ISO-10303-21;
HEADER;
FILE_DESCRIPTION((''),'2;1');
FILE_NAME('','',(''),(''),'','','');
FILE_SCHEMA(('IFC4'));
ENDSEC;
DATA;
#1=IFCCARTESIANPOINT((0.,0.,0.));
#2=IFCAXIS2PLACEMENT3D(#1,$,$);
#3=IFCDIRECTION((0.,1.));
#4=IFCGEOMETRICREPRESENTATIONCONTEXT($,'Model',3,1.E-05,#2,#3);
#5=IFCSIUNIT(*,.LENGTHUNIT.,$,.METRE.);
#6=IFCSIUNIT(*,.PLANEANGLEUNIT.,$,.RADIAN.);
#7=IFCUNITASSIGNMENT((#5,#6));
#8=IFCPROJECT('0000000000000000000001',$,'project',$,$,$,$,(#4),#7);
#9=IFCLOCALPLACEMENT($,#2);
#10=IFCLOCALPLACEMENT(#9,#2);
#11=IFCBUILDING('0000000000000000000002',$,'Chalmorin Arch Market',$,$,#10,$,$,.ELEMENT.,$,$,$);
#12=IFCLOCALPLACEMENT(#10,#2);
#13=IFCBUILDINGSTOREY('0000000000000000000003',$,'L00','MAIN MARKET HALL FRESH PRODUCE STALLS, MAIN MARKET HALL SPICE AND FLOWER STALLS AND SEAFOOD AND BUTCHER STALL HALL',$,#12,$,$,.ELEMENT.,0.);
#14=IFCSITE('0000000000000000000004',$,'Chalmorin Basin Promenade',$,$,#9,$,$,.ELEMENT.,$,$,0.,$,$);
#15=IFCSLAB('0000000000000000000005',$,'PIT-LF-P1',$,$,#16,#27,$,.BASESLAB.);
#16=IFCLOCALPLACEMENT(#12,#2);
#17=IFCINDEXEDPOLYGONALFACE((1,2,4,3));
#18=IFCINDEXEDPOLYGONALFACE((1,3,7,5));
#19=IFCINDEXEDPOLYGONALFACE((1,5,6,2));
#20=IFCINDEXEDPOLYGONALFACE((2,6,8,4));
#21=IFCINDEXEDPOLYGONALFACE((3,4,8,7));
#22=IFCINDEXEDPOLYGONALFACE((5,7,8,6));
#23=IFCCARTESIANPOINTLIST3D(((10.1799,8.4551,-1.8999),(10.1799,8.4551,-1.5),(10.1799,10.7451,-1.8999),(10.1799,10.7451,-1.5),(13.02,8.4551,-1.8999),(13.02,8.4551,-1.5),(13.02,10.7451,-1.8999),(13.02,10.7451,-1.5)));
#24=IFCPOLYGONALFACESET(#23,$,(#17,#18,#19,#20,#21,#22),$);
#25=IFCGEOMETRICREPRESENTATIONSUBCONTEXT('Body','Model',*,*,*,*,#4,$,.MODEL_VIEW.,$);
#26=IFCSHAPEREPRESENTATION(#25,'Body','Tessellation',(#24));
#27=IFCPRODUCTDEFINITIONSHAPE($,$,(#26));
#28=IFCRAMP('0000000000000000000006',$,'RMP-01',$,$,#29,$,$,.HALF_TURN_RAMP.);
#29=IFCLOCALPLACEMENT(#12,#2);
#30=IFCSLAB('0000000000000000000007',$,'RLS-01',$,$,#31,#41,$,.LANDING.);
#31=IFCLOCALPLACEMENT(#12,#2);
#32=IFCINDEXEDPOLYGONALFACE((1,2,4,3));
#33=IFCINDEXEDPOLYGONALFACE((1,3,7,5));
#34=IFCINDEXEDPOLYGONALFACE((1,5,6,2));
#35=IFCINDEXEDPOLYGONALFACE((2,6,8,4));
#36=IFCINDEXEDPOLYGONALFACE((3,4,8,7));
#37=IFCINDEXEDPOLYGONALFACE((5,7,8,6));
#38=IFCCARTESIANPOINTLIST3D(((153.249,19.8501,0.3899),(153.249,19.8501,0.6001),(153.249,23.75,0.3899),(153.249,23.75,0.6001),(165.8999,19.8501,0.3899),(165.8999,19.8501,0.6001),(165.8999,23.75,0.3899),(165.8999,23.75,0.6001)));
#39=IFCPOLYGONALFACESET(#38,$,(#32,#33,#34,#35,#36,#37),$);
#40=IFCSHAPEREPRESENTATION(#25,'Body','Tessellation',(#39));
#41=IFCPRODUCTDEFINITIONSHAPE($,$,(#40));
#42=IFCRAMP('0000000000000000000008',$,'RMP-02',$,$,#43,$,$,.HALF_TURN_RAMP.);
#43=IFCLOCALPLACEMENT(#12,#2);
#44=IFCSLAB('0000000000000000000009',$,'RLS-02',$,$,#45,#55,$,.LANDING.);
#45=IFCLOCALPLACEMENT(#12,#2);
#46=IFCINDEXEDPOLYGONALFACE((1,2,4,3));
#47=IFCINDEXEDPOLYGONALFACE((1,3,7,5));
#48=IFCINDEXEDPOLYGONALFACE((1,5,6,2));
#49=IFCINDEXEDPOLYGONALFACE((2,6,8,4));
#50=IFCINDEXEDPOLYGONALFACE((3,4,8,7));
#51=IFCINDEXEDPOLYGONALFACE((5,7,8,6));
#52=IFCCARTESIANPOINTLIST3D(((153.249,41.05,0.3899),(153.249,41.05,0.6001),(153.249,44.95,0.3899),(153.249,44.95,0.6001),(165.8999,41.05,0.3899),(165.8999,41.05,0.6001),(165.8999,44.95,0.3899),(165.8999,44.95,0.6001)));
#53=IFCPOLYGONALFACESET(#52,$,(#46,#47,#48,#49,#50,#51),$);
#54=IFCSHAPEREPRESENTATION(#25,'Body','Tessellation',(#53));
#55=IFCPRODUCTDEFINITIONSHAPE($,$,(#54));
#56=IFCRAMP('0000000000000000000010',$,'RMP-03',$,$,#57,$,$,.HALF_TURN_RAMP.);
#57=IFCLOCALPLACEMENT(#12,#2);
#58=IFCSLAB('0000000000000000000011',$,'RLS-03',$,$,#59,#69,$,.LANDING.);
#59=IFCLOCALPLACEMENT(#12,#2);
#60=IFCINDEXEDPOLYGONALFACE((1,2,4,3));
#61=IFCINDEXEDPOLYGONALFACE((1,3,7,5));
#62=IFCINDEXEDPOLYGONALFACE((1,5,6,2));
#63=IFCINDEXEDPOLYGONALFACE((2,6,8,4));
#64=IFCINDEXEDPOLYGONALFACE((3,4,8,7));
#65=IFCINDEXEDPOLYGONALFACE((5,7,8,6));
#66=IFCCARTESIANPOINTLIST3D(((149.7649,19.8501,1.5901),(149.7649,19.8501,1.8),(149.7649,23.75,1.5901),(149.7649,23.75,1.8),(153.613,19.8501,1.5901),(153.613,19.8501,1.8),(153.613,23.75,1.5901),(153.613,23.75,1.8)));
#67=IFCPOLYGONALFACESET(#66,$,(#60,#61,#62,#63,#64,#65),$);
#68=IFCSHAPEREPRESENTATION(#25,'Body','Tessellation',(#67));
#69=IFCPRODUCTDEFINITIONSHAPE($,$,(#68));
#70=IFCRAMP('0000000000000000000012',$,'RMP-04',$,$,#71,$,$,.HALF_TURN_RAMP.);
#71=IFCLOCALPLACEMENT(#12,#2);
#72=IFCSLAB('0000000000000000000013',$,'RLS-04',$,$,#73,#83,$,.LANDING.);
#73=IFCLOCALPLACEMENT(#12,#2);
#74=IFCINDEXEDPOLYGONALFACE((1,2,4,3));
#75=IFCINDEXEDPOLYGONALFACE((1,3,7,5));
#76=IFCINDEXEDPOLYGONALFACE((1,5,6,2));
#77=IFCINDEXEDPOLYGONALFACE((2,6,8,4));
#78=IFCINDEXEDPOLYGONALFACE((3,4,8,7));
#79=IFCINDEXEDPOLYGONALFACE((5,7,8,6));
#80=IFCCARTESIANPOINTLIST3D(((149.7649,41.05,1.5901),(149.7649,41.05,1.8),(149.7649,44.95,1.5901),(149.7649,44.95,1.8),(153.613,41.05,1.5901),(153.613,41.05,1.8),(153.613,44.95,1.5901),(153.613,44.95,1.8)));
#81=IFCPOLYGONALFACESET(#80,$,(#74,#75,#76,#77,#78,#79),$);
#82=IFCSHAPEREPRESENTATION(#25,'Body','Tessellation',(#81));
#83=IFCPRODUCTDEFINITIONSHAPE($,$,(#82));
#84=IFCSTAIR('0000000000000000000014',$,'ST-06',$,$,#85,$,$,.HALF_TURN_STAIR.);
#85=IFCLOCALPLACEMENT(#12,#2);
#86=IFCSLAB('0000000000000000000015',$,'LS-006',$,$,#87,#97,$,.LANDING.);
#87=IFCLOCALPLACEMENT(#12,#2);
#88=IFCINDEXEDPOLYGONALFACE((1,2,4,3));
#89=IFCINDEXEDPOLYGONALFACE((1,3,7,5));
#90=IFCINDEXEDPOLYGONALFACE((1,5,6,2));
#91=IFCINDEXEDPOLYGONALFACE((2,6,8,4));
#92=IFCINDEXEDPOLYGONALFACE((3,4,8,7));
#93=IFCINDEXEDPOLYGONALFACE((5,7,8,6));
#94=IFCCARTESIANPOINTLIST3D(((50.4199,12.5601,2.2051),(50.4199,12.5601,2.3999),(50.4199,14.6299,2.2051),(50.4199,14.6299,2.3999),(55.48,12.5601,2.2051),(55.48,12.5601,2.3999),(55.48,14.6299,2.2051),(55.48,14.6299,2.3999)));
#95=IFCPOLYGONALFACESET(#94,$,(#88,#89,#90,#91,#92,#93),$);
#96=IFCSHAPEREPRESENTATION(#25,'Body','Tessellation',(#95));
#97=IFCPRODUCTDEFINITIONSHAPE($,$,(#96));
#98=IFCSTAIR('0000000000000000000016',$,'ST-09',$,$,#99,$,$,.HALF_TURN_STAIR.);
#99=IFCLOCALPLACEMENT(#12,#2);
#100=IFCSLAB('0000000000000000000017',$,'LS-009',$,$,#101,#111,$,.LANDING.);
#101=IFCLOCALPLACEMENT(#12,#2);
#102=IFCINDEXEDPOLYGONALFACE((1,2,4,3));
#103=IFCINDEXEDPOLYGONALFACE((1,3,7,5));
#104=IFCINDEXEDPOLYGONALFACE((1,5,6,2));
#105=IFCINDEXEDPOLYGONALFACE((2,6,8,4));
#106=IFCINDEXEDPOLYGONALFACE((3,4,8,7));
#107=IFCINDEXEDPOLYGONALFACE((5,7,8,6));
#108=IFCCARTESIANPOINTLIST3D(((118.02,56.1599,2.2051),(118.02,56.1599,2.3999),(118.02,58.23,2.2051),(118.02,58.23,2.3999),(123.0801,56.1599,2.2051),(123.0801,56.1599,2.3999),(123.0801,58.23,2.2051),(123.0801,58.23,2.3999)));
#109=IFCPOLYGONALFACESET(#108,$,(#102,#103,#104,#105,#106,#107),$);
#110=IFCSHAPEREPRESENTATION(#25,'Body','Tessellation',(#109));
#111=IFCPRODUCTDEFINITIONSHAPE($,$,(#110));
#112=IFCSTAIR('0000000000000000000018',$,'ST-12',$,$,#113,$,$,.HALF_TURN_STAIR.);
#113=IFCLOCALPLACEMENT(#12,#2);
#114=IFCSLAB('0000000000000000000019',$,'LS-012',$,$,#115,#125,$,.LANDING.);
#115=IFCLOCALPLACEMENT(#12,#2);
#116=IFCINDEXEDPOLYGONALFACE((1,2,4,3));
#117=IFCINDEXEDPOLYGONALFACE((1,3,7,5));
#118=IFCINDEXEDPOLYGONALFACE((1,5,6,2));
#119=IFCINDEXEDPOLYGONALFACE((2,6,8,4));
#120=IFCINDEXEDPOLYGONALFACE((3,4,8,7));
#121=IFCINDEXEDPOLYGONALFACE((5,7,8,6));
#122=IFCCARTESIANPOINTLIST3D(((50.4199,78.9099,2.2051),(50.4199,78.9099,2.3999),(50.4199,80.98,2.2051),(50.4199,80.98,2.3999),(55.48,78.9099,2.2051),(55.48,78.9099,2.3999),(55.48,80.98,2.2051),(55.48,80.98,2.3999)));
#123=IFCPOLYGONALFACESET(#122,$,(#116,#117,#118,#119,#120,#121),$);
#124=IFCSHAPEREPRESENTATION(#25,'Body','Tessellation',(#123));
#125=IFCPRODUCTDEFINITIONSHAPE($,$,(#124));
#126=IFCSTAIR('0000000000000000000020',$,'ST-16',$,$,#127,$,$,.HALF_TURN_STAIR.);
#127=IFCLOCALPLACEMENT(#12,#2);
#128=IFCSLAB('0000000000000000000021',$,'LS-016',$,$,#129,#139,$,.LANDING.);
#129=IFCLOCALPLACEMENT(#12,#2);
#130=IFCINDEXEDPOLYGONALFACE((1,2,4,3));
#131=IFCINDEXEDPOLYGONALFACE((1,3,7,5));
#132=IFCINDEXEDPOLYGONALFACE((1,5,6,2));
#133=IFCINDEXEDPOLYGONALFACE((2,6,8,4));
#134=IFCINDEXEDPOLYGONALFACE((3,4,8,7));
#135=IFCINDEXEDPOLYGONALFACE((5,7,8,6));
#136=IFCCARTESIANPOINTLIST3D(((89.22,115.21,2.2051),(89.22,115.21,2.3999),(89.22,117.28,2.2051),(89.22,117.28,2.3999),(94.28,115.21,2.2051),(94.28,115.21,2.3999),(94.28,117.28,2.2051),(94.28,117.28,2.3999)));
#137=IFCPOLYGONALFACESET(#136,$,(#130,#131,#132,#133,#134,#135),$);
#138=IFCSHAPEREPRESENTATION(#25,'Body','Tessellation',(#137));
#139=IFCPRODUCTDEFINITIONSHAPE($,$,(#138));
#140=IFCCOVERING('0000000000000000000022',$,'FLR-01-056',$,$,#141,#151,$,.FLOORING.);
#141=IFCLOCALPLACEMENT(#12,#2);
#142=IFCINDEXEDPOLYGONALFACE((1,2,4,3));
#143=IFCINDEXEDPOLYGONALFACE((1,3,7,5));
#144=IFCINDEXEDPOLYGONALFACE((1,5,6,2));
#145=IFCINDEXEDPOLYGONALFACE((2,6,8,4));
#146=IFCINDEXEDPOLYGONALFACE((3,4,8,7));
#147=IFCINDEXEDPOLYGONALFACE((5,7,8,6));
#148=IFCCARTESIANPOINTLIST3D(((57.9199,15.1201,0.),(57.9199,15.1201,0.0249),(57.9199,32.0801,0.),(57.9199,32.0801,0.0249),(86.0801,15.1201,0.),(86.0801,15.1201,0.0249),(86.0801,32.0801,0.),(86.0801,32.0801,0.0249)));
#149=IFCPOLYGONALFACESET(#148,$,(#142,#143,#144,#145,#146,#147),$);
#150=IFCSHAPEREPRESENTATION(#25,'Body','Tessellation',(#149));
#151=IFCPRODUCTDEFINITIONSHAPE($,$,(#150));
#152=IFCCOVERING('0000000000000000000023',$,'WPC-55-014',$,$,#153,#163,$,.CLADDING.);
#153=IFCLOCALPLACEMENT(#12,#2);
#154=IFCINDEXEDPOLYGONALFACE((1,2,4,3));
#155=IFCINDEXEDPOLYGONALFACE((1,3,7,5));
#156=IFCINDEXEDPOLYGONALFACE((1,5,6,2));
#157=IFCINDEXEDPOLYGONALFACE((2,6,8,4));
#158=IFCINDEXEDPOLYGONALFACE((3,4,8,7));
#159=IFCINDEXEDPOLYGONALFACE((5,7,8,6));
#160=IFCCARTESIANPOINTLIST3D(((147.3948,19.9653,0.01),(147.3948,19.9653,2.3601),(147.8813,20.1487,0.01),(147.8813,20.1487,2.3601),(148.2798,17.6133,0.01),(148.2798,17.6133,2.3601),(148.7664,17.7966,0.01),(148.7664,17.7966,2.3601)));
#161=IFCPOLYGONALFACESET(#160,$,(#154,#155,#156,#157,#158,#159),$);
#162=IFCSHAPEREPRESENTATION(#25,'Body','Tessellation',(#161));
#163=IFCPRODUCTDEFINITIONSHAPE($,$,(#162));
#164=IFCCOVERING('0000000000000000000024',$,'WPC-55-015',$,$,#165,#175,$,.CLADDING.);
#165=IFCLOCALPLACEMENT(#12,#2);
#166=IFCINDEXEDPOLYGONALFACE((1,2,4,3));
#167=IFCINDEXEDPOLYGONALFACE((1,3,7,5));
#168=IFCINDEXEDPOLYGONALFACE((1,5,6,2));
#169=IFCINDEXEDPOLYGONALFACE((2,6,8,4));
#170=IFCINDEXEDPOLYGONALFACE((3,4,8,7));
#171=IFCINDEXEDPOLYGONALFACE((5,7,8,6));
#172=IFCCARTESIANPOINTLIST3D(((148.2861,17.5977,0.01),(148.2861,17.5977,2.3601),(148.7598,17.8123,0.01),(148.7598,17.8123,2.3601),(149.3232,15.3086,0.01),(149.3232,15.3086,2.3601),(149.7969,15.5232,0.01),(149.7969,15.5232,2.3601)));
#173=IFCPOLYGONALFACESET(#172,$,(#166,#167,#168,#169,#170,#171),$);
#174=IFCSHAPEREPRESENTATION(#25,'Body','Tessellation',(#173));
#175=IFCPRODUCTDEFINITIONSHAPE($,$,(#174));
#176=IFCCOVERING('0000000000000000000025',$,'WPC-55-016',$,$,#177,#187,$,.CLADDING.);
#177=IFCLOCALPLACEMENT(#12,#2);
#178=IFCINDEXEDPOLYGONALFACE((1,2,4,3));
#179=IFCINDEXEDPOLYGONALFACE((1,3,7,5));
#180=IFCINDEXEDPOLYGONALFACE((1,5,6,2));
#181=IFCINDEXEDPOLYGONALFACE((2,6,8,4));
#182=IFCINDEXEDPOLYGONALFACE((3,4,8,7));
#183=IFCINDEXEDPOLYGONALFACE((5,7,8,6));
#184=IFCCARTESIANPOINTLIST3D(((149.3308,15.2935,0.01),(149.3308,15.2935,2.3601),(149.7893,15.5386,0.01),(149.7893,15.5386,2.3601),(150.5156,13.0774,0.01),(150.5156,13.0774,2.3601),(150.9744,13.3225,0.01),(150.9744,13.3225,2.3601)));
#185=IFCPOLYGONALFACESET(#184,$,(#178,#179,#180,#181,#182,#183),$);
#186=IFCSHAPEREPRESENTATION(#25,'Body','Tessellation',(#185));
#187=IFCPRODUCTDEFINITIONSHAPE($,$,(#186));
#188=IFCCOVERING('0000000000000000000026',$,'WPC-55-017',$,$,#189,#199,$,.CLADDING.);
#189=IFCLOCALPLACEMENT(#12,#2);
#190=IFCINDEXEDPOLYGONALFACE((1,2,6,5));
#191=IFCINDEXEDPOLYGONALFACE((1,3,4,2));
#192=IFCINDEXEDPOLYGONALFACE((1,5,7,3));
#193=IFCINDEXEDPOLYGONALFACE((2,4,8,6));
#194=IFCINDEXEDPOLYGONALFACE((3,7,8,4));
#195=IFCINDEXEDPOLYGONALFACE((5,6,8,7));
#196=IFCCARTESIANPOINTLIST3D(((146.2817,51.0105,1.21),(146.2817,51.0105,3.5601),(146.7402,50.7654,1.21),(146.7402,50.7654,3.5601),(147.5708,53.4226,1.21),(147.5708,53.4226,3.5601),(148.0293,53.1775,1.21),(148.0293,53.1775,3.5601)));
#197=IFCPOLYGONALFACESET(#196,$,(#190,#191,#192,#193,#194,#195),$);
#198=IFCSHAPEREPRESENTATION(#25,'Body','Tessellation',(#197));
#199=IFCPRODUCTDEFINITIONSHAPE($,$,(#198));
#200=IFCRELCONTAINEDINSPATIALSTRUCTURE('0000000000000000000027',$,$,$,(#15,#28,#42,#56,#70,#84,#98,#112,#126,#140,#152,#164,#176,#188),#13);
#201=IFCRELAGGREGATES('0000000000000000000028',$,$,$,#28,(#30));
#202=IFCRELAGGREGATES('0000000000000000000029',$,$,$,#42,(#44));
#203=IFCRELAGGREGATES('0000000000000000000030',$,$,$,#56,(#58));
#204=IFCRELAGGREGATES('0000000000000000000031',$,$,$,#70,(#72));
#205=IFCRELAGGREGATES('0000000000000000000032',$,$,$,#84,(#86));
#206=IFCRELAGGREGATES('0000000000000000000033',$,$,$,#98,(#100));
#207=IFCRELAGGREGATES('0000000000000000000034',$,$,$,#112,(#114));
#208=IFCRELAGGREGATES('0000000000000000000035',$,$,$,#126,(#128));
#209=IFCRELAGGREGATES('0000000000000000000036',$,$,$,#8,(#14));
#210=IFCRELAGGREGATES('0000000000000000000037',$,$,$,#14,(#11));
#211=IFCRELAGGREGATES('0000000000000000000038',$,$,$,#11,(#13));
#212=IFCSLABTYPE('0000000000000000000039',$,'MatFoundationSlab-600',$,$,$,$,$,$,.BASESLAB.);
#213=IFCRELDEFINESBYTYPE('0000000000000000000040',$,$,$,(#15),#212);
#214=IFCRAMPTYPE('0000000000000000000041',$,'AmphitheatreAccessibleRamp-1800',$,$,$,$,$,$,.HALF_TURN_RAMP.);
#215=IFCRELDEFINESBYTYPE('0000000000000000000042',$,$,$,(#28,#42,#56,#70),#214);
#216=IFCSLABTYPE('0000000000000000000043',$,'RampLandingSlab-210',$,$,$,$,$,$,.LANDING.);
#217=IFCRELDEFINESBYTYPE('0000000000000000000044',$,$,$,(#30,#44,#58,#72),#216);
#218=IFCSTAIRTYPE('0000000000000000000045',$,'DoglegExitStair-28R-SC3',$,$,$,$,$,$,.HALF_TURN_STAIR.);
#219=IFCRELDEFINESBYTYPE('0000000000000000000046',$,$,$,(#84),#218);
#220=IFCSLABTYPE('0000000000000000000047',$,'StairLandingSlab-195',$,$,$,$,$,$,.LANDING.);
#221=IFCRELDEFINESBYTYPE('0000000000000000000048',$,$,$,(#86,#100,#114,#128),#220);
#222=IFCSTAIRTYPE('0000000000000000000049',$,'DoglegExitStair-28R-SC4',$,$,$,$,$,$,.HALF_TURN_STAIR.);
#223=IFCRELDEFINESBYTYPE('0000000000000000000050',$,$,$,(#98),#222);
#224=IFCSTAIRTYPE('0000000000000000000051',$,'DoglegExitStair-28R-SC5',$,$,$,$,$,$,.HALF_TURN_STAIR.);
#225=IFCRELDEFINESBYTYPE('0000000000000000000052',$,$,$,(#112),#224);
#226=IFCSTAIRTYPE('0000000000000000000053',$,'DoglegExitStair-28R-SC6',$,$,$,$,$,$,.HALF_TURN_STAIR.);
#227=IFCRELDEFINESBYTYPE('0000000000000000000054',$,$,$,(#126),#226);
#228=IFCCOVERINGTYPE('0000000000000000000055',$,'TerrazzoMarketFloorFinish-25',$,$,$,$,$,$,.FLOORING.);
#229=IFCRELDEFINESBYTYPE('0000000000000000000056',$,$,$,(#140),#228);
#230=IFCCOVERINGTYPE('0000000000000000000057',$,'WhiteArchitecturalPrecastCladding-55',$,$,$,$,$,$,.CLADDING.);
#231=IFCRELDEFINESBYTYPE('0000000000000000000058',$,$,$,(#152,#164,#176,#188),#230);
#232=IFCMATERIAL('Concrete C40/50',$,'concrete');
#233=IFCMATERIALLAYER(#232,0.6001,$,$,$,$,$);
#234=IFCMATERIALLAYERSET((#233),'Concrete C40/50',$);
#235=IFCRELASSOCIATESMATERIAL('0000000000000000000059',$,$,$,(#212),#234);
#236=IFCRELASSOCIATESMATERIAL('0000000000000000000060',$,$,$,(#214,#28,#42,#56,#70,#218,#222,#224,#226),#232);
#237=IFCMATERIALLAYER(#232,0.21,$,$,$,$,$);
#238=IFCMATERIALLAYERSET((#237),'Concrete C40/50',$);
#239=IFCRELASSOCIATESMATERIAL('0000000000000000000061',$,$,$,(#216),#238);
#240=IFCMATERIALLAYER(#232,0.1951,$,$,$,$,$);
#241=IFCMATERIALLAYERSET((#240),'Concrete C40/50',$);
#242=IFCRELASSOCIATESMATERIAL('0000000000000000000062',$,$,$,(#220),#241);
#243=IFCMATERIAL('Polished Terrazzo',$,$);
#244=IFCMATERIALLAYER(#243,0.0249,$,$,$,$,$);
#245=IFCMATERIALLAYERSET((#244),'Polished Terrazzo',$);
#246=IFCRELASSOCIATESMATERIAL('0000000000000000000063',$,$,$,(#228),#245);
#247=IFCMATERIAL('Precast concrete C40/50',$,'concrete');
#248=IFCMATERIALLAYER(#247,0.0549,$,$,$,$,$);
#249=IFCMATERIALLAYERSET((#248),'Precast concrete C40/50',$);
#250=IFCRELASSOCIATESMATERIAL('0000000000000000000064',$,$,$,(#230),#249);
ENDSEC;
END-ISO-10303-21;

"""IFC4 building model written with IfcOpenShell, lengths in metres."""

from ifc_helpers import new_model, si_unit, direction, frame, origin, place, context, subcontext, project, spatial, polyline, outline, extrude, material, layer, layer_set, type_object, element, aggregate, save


model = new_model("IFC4")

# Units and contexts
model_context = context("Model", 3, precision=1e-05, world=origin(), true_north=direction((0.0, 1.0)))
body_context = subcontext(model_context, "Body", "Model", "MODEL_VIEW")
ifc_project = project(units=[si_unit("LENGTHUNIT", "METRE"), si_unit("PLANEANGLEUNIT", "RADIAN")], contexts=[model_context])

# Site, building, storey
site_placement = place(None, origin())
site = spatial("IfcSite", under=ifc_project, at=site_placement, Name="Chalmorin Basin Promenade", CompositionType="ELEMENT", RefElevation=0.0)
building_placement = place(site_placement, origin())
building = spatial("IfcBuilding", under=site, at=building_placement, Name="Chalmorin Arch Market", CompositionType="ELEMENT")
storey_placement = place(building_placement, origin())
storey = spatial("IfcBuildingStorey", under=building, at=storey_placement, Name="L00", Description="MAIN MARKET HALL FRESH PRODUCE STALLS, MAIN MARKET HALL SPICE AND FLOWER STALLS AND SEAFOOD AND BUTCHER STALL HALL", CompositionType="ELEMENT", Elevation=0.0)

# Slab
ifc_material_1 = material(Name="Concrete C40/50", Category="concrete")
ifc_layer_1 = layer(ifc_material_1, 0.6001)
ifc_layer_set_1 = layer_set([ifc_layer_1], Name="Concrete C40/50")
slab_type_1 = type_object("IfcSlabType", Name="MatFoundationSlab-600", PredefinedType="BASESLAB", material=ifc_layer_set_1)
slab_1_placement = place(storey_placement, frame((0.0, 0.0, -1.8999)))
element("IfcSlab", 1, at=slab_1_placement, inside=storey, type_object=slab_type_1, Name="PIT-LF-P1", PredefinedType="BASESLAB", context=body_context, shape_type="SweptSolid", body=[
    extrude(outline(polyline([(10.1799, 8.4551), (13.02, 8.4551), (13.02, 10.7451), (10.1799, 10.7451), (10.1799, 8.4551)])), origin(), (0.0, 0.0, 1.0), 0.3999),
])

# Ramps, slabs
ramp_type = type_object("IfcRampType", Name="AmphitheatreAccessibleRamp-1800", PredefinedType="HALF_TURN_RAMP", material=ifc_material_1)
ramp_1_placement = place(storey_placement, origin())
ramp_1 = element("IfcRamp", 2, at=ramp_1_placement, inside=storey, type_object=ramp_type, material=ifc_material_1, Name="RMP-01", PredefinedType="HALF_TURN_RAMP")
ifc_layer_2 = layer(ifc_material_1, 0.21)
ifc_layer_set_2 = layer_set([ifc_layer_2], Name="Concrete C40/50")
slab_type_2 = type_object("IfcSlabType", Name="RampLandingSlab-210", PredefinedType="LANDING", material=ifc_layer_set_2)
slab_2_placement = place(storey_placement, frame((0.0, 0.0, 0.3899)))
slab_2 = element("IfcSlab", 3, at=slab_2_placement, type_object=slab_type_2, Name="RLS-01", PredefinedType="LANDING", context=body_context, shape_type="SweptSolid", body=[
    extrude(outline(polyline([(153.249, 19.8501), (165.8999, 19.8501), (165.8999, 23.75), (153.249, 23.75), (153.249, 19.8501)])), origin(), (0.0, 0.0, 1.0), 0.2102),
])
aggregate(ramp_1, [slab_2])
ramp_2_placement = place(storey_placement, origin())
ramp_2 = element("IfcRamp", 4, at=ramp_2_placement, inside=storey, type_object=ramp_type, material=ifc_material_1, Name="RMP-02", PredefinedType="HALF_TURN_RAMP")
slab_3_placement = place(storey_placement, frame((0.0, 0.0, 0.3899)))
slab_3 = element("IfcSlab", 5, at=slab_3_placement, type_object=slab_type_2, Name="RLS-02", PredefinedType="LANDING", context=body_context, shape_type="SweptSolid", body=[
    extrude(outline(polyline([(153.249, 41.05), (165.8999, 41.05), (165.8999, 44.95), (153.249, 44.95), (153.249, 41.05)])), origin(), (0.0, 0.0, 1.0), 0.2102),
])
aggregate(ramp_2, [slab_3])
ramp_3_placement = place(storey_placement, origin())
ramp_3 = element("IfcRamp", 6, at=ramp_3_placement, inside=storey, type_object=ramp_type, material=ifc_material_1, Name="RMP-03", PredefinedType="HALF_TURN_RAMP")
slab_4_placement = place(storey_placement, frame((0.0, 0.0, 1.5901)))
slab_4 = element("IfcSlab", 7, at=slab_4_placement, type_object=slab_type_2, Name="RLS-03", PredefinedType="LANDING", context=body_context, shape_type="SweptSolid", body=[
    extrude(outline(polyline([(149.7649, 19.8501), (153.613, 19.8501), (153.613, 23.75), (149.7649, 23.75), (149.7649, 19.8501)])), origin(), (0.0, 0.0, 1.0), 0.21),
])
aggregate(ramp_3, [slab_4])
ramp_4_placement = place(storey_placement, origin())
ramp_4 = element("IfcRamp", 8, at=ramp_4_placement, inside=storey, type_object=ramp_type, material=ifc_material_1, Name="RMP-04", PredefinedType="HALF_TURN_RAMP")
slab_5_placement = place(storey_placement, frame((0.0, 0.0, 1.5901)))
slab_5 = element("IfcSlab", 9, at=slab_5_placement, type_object=slab_type_2, Name="RLS-04", PredefinedType="LANDING", context=body_context, shape_type="SweptSolid", body=[
    extrude(outline(polyline([(149.7649, 41.05), (153.613, 41.05), (153.613, 44.95), (149.7649, 44.95), (149.7649, 41.05)])), origin(), (0.0, 0.0, 1.0), 0.21),
])
aggregate(ramp_4, [slab_5])

# Stairs, slabs
stair_type_1 = type_object("IfcStairType", Name="DoglegExitStair-28R-SC3", PredefinedType="HALF_TURN_STAIR", material=ifc_material_1)
stair_1_placement = place(storey_placement, origin())
stair_1 = element("IfcStair", 10, at=stair_1_placement, inside=storey, type_object=stair_type_1, Name="ST-06", PredefinedType="HALF_TURN_STAIR")
ifc_layer_3 = layer(ifc_material_1, 0.1951)
ifc_layer_set_3 = layer_set([ifc_layer_3], Name="Concrete C40/50")
slab_type_3 = type_object("IfcSlabType", Name="StairLandingSlab-195", PredefinedType="LANDING", material=ifc_layer_set_3)
slab_6_placement = place(storey_placement, frame((0.0, 0.0, 2.2051)))
slab_6 = element("IfcSlab", 11, at=slab_6_placement, type_object=slab_type_3, Name="LS-006", PredefinedType="LANDING", context=body_context, shape_type="SweptSolid", body=[
    extrude(outline(polyline([(50.4199, 12.5601), (55.48, 12.5601), (55.48, 14.6299), (50.4199, 14.6299), (50.4199, 12.5601)])), origin(), (0.0, 0.0, 1.0), 0.1948),
])
aggregate(stair_1, [slab_6])
stair_type_2 = type_object("IfcStairType", Name="DoglegExitStair-28R-SC4", PredefinedType="HALF_TURN_STAIR", material=ifc_material_1)
stair_2_placement = place(storey_placement, origin())
stair_2 = element("IfcStair", 12, at=stair_2_placement, inside=storey, type_object=stair_type_2, Name="ST-09", PredefinedType="HALF_TURN_STAIR")
slab_7_placement = place(storey_placement, frame((0.0, 0.0, 2.2051)))
slab_7 = element("IfcSlab", 13, at=slab_7_placement, type_object=slab_type_3, Name="LS-009", PredefinedType="LANDING", context=body_context, shape_type="SweptSolid", body=[
    extrude(outline(polyline([(118.02, 56.1599), (123.0801, 56.1599), (123.0801, 58.23), (118.02, 58.23), (118.02, 56.1599)])), origin(), (0.0, 0.0, 1.0), 0.1948),
])
aggregate(stair_2, [slab_7])
stair_type_3 = type_object("IfcStairType", Name="DoglegExitStair-28R-SC5", PredefinedType="HALF_TURN_STAIR", material=ifc_material_1)
stair_3_placement = place(storey_placement, origin())
stair_3 = element("IfcStair", 14, at=stair_3_placement, inside=storey, type_object=stair_type_3, Name="ST-12", PredefinedType="HALF_TURN_STAIR")
slab_8_placement = place(storey_placement, frame((0.0, 0.0, 2.2051)))
slab_8 = element("IfcSlab", 15, at=slab_8_placement, type_object=slab_type_3, Name="LS-012", PredefinedType="LANDING", context=body_context, shape_type="SweptSolid", body=[
    extrude(outline(polyline([(50.4199, 78.9099), (55.48, 78.9099), (55.48, 80.98), (50.4199, 80.98), (50.4199, 78.9099)])), origin(), (0.0, 0.0, 1.0), 0.1948),
])
aggregate(stair_3, [slab_8])
stair_type_4 = type_object("IfcStairType", Name="DoglegExitStair-28R-SC6", PredefinedType="HALF_TURN_STAIR", material=ifc_material_1)
stair_4_placement = place(storey_placement, origin())
stair_4 = element("IfcStair", 16, at=stair_4_placement, inside=storey, type_object=stair_type_4, Name="ST-16", PredefinedType="HALF_TURN_STAIR")
slab_9_placement = place(storey_placement, frame((0.0, 0.0, 2.2051)))
slab_9 = element("IfcSlab", 17, at=slab_9_placement, type_object=slab_type_3, Name="LS-016", PredefinedType="LANDING", context=body_context, shape_type="SweptSolid", body=[
    extrude(outline(polyline([(89.22, 115.21), (94.28, 115.21), (94.28, 117.28), (89.22, 117.28), (89.22, 115.21)])), origin(), (0.0, 0.0, 1.0), 0.1948),
])
aggregate(stair_4, [slab_9])

# Coverings
ifc_material_2 = material(Name="Polished Terrazzo")
ifc_layer_4 = layer(ifc_material_2, 0.0249)
ifc_layer_set_4 = layer_set([ifc_layer_4], Name="Polished Terrazzo")
covering_type_1 = type_object("IfcCoveringType", Name="TerrazzoMarketFloorFinish-25", PredefinedType="FLOORING", material=ifc_layer_set_4)
covering_1_placement = place(storey_placement, origin())
element("IfcCovering", 18, at=covering_1_placement, inside=storey, type_object=covering_type_1, Name="FLR-01-056", PredefinedType="FLOORING", context=body_context, shape_type="SweptSolid", body=[
    extrude(outline(polyline([(57.9199, 15.1201), (86.0801, 15.1201), (86.0801, 32.0801), (57.9199, 32.0801), (57.9199, 15.1201)])), origin(), (0.0, 0.0, 1.0), 0.0249),
])
ifc_material_3 = material(Name="Precast concrete C40/50", Category="concrete")
ifc_layer_5 = layer(ifc_material_3, 0.0549)
ifc_layer_set_5 = layer_set([ifc_layer_5], Name="Precast concrete C40/50")
covering_type_2 = type_object("IfcCoveringType", Name="WhiteArchitecturalPrecastCladding-55", PredefinedType="CLADDING", material=ifc_layer_set_5)
covering_2_placement = place(storey_placement, frame((0.0, 0.0, 0.01)))
element("IfcCovering", 19, at=covering_2_placement, inside=storey, type_object=covering_type_2, Name="WPC-55-014", PredefinedType="CLADDING", context=body_context, shape_type="SweptSolid", body=[
    extrude(outline(polyline([(147.3948, 19.9653), (148.2798, 17.6133), (148.7664, 17.7966), (147.8813, 20.1487), (147.3948, 19.9653)])), origin(), (0.0, 0.0, 1.0), 2.3501),
])
covering_3_placement = place(storey_placement, frame((0.0, 0.0, 0.01)))
element("IfcCovering", 20, at=covering_3_placement, inside=storey, type_object=covering_type_2, Name="WPC-55-015", PredefinedType="CLADDING", context=body_context, shape_type="SweptSolid", body=[
    extrude(outline(polyline([(148.2861, 17.5977), (149.3232, 15.3086), (149.7969, 15.5232), (148.7598, 17.8123), (148.2861, 17.5977)])), origin(), (0.0, 0.0, 1.0), 2.3501),
])
covering_4_placement = place(storey_placement, frame((0.0, 0.0, 0.01)))
element("IfcCovering", 21, at=covering_4_placement, inside=storey, type_object=covering_type_2, Name="WPC-55-016", PredefinedType="CLADDING", context=body_context, shape_type="SweptSolid", body=[
    extrude(outline(polyline([(149.3308, 15.2935), (150.5156, 13.0774), (150.9744, 13.3225), (149.7893, 15.5386), (149.3308, 15.2935)])), origin(), (0.0, 0.0, 1.0), 2.3501),
])
covering_5_placement = place(storey_placement, frame((0.0, 0.0, 1.21)))
element("IfcCovering", 22, at=covering_5_placement, inside=storey, type_object=covering_type_2, Name="WPC-55-017", PredefinedType="CLADDING", context=body_context, shape_type="SweptSolid", body=[
    extrude(outline(polyline([(147.5708, 53.4226), (146.2817, 51.0105), (146.7402, 50.7654), (148.0293, 53.1775), (147.5708, 53.4226)])), origin(), (0.0, 0.0, 1.0), 2.3501),
])

save(model, "model.ifc")
